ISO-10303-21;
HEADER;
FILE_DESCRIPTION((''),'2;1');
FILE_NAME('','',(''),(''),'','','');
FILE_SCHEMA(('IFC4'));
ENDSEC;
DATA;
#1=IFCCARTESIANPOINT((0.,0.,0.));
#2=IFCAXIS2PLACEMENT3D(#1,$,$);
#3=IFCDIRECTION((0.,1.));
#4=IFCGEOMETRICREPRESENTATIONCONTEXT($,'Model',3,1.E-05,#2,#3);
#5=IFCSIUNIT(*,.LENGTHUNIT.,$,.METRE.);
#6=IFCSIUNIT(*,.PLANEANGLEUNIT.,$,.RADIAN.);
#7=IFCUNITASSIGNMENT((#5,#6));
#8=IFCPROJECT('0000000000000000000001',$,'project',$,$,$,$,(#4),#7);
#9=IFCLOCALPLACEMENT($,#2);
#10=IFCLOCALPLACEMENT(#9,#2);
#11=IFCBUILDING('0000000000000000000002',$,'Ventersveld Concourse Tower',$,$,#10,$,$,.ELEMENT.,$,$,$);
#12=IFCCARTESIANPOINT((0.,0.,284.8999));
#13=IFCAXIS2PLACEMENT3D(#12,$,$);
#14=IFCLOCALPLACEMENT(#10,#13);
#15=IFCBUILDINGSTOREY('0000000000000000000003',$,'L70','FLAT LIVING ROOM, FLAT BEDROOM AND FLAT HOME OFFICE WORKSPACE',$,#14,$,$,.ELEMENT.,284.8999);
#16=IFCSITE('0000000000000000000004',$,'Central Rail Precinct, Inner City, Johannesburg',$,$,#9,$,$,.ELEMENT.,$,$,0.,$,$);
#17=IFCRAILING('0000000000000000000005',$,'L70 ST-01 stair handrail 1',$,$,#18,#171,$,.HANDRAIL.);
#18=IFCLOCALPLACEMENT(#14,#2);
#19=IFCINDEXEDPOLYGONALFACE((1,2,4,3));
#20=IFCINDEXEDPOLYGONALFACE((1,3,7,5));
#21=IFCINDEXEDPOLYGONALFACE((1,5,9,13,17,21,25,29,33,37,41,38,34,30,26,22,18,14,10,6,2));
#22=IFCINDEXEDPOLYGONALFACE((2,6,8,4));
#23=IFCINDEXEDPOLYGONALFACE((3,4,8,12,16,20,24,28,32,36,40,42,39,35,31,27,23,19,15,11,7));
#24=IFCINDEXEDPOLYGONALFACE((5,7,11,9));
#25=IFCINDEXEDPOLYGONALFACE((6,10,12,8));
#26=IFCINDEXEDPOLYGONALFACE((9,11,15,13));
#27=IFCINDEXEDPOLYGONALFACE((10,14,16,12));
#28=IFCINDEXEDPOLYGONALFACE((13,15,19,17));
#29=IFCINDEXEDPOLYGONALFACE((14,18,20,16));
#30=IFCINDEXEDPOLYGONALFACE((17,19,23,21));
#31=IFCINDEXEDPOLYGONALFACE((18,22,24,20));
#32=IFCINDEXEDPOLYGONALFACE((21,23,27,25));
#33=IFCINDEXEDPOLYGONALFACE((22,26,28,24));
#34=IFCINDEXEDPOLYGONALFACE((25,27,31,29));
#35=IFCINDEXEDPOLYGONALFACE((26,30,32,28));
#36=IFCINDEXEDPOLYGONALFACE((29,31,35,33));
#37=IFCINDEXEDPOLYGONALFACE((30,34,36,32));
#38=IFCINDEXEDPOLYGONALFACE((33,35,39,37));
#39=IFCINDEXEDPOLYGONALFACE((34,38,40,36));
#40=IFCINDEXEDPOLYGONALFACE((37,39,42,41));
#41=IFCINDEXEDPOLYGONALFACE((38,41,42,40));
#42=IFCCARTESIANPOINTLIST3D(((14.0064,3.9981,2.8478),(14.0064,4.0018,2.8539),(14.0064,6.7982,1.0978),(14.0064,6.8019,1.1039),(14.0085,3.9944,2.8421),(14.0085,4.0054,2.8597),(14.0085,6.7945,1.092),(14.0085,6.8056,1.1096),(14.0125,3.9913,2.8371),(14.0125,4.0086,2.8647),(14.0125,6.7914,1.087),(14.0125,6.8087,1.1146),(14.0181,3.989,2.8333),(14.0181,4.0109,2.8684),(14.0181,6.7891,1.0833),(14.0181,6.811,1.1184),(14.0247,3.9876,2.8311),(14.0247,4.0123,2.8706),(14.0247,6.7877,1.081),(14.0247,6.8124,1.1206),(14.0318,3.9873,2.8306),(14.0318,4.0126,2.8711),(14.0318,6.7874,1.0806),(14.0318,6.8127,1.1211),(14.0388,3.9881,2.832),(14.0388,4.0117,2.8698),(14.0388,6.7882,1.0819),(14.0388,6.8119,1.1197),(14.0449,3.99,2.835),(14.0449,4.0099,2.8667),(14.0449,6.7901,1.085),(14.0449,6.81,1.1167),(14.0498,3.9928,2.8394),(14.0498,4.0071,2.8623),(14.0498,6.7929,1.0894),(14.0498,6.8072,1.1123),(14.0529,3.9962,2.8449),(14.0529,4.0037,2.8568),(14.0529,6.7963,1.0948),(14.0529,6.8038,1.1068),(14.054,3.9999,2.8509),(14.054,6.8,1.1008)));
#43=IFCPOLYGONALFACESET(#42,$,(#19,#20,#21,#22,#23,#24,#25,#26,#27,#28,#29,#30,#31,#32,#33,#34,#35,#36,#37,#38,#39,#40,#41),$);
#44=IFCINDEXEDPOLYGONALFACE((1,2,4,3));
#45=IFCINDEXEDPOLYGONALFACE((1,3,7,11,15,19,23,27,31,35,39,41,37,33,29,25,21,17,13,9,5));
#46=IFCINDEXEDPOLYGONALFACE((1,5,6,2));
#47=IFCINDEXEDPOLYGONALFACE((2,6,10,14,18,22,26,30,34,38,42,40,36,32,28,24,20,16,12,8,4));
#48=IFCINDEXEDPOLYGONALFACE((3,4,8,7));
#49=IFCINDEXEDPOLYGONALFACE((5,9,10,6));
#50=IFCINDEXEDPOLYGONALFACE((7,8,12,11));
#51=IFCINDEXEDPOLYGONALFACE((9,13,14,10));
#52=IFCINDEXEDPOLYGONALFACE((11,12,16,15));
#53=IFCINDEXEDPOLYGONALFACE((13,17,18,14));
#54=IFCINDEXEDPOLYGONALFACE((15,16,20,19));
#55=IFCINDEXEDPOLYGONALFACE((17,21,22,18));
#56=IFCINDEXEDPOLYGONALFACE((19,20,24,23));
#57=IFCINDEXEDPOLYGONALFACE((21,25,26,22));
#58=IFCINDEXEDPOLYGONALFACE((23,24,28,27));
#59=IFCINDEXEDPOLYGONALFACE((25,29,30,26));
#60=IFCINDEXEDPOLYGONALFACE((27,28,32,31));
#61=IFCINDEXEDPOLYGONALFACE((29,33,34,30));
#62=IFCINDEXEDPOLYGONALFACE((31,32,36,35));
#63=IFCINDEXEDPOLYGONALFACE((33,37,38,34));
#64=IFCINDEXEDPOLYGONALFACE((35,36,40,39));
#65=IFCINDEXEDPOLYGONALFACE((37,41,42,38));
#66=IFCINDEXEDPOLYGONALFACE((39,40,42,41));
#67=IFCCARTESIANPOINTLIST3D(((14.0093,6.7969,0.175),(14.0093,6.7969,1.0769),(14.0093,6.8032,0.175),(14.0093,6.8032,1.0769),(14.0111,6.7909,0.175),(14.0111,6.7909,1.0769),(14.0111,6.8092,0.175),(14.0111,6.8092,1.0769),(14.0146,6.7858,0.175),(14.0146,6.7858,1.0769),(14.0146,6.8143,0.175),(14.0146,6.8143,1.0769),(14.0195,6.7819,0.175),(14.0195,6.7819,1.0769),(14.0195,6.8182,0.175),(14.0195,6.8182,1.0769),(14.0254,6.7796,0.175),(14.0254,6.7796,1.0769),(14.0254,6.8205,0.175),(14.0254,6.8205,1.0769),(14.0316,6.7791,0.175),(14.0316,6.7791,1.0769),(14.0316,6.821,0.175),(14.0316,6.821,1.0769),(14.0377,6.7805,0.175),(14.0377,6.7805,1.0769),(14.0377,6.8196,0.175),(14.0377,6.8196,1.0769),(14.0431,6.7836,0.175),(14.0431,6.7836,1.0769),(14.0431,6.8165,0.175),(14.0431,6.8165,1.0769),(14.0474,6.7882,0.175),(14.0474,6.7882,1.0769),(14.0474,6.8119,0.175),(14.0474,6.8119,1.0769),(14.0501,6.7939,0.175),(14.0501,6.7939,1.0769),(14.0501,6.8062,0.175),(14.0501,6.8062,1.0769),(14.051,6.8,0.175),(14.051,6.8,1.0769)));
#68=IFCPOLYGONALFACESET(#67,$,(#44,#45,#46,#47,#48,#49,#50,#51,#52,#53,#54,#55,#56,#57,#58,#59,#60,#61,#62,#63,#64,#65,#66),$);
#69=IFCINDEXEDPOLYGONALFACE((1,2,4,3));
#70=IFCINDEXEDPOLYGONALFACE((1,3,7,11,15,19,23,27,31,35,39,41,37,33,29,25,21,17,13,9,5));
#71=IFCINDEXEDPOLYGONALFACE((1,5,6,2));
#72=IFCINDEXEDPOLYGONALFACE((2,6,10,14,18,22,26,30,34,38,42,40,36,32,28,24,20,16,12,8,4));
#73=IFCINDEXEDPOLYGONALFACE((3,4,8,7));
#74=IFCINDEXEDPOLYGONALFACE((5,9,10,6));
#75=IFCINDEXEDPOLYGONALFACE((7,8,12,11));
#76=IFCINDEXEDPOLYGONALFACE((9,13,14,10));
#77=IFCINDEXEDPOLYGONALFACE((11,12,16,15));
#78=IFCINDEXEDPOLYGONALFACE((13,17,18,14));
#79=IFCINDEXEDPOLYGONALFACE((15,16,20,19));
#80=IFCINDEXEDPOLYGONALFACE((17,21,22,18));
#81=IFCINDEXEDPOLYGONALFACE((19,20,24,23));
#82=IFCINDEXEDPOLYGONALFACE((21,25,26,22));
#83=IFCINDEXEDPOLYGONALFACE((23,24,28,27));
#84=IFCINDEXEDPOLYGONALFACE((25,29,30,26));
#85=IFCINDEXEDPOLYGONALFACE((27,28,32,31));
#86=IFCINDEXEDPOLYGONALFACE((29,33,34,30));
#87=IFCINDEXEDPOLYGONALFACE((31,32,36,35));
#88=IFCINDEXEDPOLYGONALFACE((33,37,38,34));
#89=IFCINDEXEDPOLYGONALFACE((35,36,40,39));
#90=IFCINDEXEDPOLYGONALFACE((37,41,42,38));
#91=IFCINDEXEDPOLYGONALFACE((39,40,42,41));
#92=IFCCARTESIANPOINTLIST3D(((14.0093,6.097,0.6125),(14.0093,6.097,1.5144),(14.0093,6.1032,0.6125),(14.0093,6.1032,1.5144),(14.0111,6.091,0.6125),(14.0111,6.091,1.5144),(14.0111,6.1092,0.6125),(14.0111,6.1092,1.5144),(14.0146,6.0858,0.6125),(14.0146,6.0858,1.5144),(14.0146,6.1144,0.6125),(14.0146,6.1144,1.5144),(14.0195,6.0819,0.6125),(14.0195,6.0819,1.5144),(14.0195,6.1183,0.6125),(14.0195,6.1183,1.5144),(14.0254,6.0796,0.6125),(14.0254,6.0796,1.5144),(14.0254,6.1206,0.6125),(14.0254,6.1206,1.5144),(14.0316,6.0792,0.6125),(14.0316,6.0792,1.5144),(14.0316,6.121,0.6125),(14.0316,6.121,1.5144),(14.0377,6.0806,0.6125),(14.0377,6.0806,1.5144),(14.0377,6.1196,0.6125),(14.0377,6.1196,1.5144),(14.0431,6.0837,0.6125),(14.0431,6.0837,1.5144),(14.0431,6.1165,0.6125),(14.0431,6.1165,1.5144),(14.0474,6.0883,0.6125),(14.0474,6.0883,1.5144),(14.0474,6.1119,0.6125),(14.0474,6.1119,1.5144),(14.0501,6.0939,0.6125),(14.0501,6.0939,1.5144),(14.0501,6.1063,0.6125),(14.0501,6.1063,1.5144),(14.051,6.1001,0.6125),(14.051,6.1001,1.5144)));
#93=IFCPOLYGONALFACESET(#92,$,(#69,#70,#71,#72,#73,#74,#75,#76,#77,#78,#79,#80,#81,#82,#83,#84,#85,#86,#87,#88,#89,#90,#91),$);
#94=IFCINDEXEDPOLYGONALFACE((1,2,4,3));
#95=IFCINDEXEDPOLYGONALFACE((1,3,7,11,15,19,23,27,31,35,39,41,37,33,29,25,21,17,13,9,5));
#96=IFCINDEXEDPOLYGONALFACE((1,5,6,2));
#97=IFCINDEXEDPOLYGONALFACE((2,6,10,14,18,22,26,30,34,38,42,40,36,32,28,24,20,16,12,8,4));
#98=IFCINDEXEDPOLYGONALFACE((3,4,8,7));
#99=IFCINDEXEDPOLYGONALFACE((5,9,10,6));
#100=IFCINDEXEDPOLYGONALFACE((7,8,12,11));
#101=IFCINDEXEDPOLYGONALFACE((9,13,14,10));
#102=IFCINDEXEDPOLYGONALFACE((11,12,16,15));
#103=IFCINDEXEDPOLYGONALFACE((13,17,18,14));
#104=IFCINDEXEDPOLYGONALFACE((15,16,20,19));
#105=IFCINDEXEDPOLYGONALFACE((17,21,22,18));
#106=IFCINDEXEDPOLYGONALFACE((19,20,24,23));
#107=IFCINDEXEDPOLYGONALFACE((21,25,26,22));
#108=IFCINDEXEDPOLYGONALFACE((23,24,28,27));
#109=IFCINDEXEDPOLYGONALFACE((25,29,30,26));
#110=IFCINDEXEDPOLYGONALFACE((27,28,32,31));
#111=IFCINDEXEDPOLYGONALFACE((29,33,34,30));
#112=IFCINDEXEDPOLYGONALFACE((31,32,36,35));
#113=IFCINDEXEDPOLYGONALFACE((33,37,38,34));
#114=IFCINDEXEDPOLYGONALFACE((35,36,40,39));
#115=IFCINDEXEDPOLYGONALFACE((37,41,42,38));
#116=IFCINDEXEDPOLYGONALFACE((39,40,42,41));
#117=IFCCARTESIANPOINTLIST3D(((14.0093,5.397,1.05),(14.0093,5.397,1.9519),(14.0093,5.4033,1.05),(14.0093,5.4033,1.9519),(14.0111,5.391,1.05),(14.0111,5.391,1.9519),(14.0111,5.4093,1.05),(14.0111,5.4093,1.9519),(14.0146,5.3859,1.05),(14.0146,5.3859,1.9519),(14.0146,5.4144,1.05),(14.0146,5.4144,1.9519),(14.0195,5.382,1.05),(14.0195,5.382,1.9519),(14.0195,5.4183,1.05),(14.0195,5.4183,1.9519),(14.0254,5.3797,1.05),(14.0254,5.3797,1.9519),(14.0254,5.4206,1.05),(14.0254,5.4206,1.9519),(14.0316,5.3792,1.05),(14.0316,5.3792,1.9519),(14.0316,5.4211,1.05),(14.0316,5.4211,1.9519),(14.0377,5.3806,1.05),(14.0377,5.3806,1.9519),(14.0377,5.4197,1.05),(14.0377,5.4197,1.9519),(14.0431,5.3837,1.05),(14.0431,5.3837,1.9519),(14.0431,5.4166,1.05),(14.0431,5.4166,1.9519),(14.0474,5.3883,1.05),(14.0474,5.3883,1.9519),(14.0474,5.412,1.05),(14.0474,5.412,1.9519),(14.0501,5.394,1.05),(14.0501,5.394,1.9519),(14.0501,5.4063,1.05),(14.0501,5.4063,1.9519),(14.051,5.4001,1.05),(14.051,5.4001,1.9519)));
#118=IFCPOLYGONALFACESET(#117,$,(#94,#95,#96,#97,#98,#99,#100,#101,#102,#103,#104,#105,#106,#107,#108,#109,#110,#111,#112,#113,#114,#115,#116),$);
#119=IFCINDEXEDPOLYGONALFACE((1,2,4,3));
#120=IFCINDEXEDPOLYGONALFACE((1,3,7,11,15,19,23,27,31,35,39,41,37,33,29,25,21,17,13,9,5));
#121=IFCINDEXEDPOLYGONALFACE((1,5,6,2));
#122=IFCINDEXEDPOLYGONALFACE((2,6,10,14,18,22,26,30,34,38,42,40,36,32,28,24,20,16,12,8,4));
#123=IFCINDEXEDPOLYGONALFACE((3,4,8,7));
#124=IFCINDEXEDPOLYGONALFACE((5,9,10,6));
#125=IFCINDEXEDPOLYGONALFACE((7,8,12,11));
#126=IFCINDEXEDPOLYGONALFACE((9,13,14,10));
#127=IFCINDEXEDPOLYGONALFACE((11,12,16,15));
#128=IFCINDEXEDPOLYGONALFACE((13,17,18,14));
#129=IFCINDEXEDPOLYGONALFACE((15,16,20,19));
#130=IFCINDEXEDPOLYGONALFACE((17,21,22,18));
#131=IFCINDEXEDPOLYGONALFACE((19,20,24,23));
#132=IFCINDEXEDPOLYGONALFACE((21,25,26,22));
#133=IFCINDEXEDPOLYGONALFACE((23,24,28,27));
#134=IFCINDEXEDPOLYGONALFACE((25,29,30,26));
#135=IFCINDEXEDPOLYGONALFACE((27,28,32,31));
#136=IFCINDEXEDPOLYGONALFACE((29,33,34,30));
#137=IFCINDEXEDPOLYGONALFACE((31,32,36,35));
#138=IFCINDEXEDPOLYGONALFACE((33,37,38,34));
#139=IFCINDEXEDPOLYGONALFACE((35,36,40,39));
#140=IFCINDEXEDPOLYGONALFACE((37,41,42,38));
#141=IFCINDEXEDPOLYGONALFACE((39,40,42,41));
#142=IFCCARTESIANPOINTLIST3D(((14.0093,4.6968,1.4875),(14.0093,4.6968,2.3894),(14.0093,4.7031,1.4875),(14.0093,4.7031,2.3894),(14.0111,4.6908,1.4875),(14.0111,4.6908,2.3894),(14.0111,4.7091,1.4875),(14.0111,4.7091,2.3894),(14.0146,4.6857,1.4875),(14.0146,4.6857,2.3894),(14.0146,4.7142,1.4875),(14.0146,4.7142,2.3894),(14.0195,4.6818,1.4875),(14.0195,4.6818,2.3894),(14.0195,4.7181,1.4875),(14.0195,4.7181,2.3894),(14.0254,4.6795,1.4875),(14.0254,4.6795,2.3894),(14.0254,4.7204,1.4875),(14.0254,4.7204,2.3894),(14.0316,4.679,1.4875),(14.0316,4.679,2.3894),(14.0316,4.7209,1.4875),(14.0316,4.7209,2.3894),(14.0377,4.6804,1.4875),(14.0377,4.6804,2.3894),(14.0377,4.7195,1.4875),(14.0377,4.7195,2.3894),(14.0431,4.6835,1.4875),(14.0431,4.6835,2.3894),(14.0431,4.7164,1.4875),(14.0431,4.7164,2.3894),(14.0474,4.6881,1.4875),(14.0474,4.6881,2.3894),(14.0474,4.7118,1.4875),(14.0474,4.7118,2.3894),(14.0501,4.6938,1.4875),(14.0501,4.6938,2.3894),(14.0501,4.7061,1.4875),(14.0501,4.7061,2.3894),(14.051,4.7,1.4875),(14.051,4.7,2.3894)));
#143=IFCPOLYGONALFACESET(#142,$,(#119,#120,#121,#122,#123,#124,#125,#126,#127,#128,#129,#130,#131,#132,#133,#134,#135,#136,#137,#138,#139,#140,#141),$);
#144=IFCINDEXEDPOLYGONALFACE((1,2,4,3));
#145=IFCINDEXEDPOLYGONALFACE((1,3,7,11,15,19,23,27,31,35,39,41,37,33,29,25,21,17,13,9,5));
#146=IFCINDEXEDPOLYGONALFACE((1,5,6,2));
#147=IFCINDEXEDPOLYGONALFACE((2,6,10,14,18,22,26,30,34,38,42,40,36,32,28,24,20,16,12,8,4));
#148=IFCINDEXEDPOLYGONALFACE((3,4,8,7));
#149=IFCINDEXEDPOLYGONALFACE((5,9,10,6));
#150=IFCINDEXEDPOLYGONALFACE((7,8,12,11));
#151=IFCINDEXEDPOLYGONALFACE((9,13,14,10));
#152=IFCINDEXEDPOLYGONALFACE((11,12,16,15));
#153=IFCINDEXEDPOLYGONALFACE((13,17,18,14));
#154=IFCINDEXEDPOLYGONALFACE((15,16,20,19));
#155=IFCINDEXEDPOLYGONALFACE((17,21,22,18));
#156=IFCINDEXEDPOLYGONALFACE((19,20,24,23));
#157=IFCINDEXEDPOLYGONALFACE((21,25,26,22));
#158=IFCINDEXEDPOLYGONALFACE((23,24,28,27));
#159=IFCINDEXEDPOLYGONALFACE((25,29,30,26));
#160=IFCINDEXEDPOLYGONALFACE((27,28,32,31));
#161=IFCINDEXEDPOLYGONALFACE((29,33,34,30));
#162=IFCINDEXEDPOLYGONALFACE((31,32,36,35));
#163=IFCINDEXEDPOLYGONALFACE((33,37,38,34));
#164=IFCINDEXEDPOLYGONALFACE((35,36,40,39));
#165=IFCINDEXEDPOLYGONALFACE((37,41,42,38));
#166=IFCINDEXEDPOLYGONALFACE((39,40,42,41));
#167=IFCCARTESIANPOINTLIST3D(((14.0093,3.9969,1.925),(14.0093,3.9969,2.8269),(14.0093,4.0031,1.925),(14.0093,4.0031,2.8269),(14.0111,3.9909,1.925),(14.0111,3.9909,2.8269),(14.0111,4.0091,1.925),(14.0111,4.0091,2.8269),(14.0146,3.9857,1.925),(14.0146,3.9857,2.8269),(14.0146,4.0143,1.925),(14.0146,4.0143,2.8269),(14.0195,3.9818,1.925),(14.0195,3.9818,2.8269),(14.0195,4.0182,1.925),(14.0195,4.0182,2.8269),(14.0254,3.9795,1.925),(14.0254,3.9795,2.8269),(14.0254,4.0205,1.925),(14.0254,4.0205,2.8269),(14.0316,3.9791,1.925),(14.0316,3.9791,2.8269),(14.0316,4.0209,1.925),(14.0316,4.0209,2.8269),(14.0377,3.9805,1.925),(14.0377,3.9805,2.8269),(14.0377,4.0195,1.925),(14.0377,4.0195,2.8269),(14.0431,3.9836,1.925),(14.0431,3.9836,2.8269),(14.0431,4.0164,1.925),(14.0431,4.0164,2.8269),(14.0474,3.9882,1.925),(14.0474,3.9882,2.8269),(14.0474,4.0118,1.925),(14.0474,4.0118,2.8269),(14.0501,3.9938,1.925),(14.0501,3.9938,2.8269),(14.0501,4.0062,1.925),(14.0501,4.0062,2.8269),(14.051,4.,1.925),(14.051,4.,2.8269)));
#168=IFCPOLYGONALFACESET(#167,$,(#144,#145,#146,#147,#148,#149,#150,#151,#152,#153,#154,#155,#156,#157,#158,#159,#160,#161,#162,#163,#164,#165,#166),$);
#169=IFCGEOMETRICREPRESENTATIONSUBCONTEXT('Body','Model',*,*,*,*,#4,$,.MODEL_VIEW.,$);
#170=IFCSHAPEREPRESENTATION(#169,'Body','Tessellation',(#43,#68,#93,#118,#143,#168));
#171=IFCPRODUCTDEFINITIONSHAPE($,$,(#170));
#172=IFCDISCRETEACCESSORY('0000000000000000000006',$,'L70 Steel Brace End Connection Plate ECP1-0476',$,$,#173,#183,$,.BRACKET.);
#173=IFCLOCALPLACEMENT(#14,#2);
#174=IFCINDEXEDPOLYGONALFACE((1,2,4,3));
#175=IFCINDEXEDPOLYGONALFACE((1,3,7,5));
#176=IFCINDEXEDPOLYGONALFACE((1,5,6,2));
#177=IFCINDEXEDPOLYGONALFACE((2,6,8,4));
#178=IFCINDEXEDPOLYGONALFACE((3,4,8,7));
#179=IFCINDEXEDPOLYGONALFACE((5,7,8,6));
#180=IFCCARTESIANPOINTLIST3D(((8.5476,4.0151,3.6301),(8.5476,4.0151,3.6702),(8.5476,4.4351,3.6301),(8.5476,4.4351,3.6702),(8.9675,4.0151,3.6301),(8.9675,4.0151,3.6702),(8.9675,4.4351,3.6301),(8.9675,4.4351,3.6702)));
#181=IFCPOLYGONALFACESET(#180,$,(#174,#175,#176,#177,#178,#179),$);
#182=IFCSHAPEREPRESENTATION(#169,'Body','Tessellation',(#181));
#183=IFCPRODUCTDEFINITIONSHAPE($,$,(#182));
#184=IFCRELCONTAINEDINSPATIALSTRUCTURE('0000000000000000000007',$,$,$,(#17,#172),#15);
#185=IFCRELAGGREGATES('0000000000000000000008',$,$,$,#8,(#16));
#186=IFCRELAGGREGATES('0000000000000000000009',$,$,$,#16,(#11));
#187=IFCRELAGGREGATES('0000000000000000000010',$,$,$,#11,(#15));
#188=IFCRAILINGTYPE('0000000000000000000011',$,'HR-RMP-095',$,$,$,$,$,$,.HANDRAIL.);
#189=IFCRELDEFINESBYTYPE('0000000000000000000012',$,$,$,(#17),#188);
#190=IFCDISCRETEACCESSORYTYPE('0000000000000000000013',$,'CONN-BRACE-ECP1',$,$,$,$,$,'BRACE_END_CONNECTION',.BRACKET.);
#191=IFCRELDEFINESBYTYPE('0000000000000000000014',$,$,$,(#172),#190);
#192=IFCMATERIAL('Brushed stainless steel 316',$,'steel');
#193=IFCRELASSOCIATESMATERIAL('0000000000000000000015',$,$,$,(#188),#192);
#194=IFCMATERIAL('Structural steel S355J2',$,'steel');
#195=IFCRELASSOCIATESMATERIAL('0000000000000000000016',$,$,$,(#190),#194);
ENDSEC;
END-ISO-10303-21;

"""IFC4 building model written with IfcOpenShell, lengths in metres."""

from ifc_helpers import new_model, si_unit, direction, frame, origin, origin_2d, place, context, subcontext, project, spatial, rectangle, circle, extrude, material, type_object, element, save


model = new_model("IFC4")

# Units and contexts
model_context = context("Model", 3, precision=1e-05, world=origin(), true_north=direction((0.0, 1.0)))
body_context = subcontext(model_context, "Body", "Model", "MODEL_VIEW")
ifc_project = project(units=[si_unit("LENGTHUNIT", "METRE"), si_unit("PLANEANGLEUNIT", "RADIAN")], contexts=[model_context])

# Site, building, storey
site_placement = place(None, origin())
site = spatial("IfcSite", under=ifc_project, at=site_placement, Name="Central Rail Precinct, Inner City, Johannesburg", CompositionType="ELEMENT", RefElevation=0.0)
building_placement = place(site_placement, origin())
building = spatial("IfcBuilding", under=site, at=building_placement, Name="Ventersveld Concourse Tower", CompositionType="ELEMENT")
storey_placement = place(building_placement, frame((0.0, 0.0, 284.8999)))
storey = spatial("IfcBuildingStorey", under=building, at=storey_placement, Name="L70", Description="FLAT LIVING ROOM, FLAT BEDROOM AND FLAT HOME OFFICE WORKSPACE", CompositionType="ELEMENT", Elevation=284.8999)

# Shared definitions
ifc_material_1 = material(Name="Structural steel S355J2", Category="steel")

# Railing
ifc_material_2 = material(Name="Brushed stainless steel 316", Category="steel")
railing_type_1 = type_object("IfcRailingType", Name="HR-RMP-095", PredefinedType="HANDRAIL", material=ifc_material_2)
railing_1_placement = place(storey_placement, frame((14.03, 6.8, 0.175)))
element("IfcRailing", 1, at=railing_1_placement, inside=storey, type_object=railing_type_1, Name="L70 ST-01 stair handrail 1", PredefinedType="HANDRAIL", context=body_context, shape_type="SweptSolid", body=[
    extrude(circle(Radius=0.0239, at=origin_2d()), frame((0.0, 0.0, 0.9258), z_axis=(0.0, -0.848002, 0.529992), x_axis=(1.0, 0.0, 0.0)), (0.0, 0.0, 1.0), 3.302),
    extrude(circle(Radius=0.021, at=origin_2d()), origin(), (0.0, 0.0, 1.0), 0.9019),
    extrude(circle(Radius=0.021, at=origin_2d()), frame((0.0, -0.7, 0.4375)), (0.0, 0.0, 1.0), 0.9019),
    extrude(circle(Radius=0.021, at=origin_2d()), frame((0.0, -1.3999, 0.875)), (0.0, 0.0, 1.0), 0.9019),
    extrude(circle(Radius=0.021, at=origin_2d()), frame((0.0, -2.1001, 1.3125)), (0.0, 0.0, 1.0), 0.9019),
    extrude(circle(Radius=0.021, at=origin_2d()), frame((0.0, -2.8, 1.75)), (0.0, 0.0, 1.0), 0.9019),
])

# Discrete accessory
discrete_accessory_type = type_object("IfcDiscreteAccessoryType", Name="CONN-BRACE-ECP1", ElementType="BRACE_END_CONNECTION", PredefinedType="BRACKET", material=ifc_material_1)
discrete_accessory_placement = place(storey_placement, frame((8.7576, 4.2251, 3.6301), z_axis=(0.0, 0.0, 1.0), x_axis=(1.0, 0.0, 0.0)))
element("IfcDiscreteAccessory", 2, at=discrete_accessory_placement, inside=storey, type_object=discrete_accessory_type, Name="L70 Steel Brace End Connection Plate ECP1-0476", PredefinedType="BRACKET", context=body_context, shape_type="SweptSolid", body=[
    extrude(rectangle(XDim=0.4199, YDim=0.4199, at=origin_2d()), origin(), (0.0, 0.0, 1.0), 0.04),
])

save(model, "model.ifc")
